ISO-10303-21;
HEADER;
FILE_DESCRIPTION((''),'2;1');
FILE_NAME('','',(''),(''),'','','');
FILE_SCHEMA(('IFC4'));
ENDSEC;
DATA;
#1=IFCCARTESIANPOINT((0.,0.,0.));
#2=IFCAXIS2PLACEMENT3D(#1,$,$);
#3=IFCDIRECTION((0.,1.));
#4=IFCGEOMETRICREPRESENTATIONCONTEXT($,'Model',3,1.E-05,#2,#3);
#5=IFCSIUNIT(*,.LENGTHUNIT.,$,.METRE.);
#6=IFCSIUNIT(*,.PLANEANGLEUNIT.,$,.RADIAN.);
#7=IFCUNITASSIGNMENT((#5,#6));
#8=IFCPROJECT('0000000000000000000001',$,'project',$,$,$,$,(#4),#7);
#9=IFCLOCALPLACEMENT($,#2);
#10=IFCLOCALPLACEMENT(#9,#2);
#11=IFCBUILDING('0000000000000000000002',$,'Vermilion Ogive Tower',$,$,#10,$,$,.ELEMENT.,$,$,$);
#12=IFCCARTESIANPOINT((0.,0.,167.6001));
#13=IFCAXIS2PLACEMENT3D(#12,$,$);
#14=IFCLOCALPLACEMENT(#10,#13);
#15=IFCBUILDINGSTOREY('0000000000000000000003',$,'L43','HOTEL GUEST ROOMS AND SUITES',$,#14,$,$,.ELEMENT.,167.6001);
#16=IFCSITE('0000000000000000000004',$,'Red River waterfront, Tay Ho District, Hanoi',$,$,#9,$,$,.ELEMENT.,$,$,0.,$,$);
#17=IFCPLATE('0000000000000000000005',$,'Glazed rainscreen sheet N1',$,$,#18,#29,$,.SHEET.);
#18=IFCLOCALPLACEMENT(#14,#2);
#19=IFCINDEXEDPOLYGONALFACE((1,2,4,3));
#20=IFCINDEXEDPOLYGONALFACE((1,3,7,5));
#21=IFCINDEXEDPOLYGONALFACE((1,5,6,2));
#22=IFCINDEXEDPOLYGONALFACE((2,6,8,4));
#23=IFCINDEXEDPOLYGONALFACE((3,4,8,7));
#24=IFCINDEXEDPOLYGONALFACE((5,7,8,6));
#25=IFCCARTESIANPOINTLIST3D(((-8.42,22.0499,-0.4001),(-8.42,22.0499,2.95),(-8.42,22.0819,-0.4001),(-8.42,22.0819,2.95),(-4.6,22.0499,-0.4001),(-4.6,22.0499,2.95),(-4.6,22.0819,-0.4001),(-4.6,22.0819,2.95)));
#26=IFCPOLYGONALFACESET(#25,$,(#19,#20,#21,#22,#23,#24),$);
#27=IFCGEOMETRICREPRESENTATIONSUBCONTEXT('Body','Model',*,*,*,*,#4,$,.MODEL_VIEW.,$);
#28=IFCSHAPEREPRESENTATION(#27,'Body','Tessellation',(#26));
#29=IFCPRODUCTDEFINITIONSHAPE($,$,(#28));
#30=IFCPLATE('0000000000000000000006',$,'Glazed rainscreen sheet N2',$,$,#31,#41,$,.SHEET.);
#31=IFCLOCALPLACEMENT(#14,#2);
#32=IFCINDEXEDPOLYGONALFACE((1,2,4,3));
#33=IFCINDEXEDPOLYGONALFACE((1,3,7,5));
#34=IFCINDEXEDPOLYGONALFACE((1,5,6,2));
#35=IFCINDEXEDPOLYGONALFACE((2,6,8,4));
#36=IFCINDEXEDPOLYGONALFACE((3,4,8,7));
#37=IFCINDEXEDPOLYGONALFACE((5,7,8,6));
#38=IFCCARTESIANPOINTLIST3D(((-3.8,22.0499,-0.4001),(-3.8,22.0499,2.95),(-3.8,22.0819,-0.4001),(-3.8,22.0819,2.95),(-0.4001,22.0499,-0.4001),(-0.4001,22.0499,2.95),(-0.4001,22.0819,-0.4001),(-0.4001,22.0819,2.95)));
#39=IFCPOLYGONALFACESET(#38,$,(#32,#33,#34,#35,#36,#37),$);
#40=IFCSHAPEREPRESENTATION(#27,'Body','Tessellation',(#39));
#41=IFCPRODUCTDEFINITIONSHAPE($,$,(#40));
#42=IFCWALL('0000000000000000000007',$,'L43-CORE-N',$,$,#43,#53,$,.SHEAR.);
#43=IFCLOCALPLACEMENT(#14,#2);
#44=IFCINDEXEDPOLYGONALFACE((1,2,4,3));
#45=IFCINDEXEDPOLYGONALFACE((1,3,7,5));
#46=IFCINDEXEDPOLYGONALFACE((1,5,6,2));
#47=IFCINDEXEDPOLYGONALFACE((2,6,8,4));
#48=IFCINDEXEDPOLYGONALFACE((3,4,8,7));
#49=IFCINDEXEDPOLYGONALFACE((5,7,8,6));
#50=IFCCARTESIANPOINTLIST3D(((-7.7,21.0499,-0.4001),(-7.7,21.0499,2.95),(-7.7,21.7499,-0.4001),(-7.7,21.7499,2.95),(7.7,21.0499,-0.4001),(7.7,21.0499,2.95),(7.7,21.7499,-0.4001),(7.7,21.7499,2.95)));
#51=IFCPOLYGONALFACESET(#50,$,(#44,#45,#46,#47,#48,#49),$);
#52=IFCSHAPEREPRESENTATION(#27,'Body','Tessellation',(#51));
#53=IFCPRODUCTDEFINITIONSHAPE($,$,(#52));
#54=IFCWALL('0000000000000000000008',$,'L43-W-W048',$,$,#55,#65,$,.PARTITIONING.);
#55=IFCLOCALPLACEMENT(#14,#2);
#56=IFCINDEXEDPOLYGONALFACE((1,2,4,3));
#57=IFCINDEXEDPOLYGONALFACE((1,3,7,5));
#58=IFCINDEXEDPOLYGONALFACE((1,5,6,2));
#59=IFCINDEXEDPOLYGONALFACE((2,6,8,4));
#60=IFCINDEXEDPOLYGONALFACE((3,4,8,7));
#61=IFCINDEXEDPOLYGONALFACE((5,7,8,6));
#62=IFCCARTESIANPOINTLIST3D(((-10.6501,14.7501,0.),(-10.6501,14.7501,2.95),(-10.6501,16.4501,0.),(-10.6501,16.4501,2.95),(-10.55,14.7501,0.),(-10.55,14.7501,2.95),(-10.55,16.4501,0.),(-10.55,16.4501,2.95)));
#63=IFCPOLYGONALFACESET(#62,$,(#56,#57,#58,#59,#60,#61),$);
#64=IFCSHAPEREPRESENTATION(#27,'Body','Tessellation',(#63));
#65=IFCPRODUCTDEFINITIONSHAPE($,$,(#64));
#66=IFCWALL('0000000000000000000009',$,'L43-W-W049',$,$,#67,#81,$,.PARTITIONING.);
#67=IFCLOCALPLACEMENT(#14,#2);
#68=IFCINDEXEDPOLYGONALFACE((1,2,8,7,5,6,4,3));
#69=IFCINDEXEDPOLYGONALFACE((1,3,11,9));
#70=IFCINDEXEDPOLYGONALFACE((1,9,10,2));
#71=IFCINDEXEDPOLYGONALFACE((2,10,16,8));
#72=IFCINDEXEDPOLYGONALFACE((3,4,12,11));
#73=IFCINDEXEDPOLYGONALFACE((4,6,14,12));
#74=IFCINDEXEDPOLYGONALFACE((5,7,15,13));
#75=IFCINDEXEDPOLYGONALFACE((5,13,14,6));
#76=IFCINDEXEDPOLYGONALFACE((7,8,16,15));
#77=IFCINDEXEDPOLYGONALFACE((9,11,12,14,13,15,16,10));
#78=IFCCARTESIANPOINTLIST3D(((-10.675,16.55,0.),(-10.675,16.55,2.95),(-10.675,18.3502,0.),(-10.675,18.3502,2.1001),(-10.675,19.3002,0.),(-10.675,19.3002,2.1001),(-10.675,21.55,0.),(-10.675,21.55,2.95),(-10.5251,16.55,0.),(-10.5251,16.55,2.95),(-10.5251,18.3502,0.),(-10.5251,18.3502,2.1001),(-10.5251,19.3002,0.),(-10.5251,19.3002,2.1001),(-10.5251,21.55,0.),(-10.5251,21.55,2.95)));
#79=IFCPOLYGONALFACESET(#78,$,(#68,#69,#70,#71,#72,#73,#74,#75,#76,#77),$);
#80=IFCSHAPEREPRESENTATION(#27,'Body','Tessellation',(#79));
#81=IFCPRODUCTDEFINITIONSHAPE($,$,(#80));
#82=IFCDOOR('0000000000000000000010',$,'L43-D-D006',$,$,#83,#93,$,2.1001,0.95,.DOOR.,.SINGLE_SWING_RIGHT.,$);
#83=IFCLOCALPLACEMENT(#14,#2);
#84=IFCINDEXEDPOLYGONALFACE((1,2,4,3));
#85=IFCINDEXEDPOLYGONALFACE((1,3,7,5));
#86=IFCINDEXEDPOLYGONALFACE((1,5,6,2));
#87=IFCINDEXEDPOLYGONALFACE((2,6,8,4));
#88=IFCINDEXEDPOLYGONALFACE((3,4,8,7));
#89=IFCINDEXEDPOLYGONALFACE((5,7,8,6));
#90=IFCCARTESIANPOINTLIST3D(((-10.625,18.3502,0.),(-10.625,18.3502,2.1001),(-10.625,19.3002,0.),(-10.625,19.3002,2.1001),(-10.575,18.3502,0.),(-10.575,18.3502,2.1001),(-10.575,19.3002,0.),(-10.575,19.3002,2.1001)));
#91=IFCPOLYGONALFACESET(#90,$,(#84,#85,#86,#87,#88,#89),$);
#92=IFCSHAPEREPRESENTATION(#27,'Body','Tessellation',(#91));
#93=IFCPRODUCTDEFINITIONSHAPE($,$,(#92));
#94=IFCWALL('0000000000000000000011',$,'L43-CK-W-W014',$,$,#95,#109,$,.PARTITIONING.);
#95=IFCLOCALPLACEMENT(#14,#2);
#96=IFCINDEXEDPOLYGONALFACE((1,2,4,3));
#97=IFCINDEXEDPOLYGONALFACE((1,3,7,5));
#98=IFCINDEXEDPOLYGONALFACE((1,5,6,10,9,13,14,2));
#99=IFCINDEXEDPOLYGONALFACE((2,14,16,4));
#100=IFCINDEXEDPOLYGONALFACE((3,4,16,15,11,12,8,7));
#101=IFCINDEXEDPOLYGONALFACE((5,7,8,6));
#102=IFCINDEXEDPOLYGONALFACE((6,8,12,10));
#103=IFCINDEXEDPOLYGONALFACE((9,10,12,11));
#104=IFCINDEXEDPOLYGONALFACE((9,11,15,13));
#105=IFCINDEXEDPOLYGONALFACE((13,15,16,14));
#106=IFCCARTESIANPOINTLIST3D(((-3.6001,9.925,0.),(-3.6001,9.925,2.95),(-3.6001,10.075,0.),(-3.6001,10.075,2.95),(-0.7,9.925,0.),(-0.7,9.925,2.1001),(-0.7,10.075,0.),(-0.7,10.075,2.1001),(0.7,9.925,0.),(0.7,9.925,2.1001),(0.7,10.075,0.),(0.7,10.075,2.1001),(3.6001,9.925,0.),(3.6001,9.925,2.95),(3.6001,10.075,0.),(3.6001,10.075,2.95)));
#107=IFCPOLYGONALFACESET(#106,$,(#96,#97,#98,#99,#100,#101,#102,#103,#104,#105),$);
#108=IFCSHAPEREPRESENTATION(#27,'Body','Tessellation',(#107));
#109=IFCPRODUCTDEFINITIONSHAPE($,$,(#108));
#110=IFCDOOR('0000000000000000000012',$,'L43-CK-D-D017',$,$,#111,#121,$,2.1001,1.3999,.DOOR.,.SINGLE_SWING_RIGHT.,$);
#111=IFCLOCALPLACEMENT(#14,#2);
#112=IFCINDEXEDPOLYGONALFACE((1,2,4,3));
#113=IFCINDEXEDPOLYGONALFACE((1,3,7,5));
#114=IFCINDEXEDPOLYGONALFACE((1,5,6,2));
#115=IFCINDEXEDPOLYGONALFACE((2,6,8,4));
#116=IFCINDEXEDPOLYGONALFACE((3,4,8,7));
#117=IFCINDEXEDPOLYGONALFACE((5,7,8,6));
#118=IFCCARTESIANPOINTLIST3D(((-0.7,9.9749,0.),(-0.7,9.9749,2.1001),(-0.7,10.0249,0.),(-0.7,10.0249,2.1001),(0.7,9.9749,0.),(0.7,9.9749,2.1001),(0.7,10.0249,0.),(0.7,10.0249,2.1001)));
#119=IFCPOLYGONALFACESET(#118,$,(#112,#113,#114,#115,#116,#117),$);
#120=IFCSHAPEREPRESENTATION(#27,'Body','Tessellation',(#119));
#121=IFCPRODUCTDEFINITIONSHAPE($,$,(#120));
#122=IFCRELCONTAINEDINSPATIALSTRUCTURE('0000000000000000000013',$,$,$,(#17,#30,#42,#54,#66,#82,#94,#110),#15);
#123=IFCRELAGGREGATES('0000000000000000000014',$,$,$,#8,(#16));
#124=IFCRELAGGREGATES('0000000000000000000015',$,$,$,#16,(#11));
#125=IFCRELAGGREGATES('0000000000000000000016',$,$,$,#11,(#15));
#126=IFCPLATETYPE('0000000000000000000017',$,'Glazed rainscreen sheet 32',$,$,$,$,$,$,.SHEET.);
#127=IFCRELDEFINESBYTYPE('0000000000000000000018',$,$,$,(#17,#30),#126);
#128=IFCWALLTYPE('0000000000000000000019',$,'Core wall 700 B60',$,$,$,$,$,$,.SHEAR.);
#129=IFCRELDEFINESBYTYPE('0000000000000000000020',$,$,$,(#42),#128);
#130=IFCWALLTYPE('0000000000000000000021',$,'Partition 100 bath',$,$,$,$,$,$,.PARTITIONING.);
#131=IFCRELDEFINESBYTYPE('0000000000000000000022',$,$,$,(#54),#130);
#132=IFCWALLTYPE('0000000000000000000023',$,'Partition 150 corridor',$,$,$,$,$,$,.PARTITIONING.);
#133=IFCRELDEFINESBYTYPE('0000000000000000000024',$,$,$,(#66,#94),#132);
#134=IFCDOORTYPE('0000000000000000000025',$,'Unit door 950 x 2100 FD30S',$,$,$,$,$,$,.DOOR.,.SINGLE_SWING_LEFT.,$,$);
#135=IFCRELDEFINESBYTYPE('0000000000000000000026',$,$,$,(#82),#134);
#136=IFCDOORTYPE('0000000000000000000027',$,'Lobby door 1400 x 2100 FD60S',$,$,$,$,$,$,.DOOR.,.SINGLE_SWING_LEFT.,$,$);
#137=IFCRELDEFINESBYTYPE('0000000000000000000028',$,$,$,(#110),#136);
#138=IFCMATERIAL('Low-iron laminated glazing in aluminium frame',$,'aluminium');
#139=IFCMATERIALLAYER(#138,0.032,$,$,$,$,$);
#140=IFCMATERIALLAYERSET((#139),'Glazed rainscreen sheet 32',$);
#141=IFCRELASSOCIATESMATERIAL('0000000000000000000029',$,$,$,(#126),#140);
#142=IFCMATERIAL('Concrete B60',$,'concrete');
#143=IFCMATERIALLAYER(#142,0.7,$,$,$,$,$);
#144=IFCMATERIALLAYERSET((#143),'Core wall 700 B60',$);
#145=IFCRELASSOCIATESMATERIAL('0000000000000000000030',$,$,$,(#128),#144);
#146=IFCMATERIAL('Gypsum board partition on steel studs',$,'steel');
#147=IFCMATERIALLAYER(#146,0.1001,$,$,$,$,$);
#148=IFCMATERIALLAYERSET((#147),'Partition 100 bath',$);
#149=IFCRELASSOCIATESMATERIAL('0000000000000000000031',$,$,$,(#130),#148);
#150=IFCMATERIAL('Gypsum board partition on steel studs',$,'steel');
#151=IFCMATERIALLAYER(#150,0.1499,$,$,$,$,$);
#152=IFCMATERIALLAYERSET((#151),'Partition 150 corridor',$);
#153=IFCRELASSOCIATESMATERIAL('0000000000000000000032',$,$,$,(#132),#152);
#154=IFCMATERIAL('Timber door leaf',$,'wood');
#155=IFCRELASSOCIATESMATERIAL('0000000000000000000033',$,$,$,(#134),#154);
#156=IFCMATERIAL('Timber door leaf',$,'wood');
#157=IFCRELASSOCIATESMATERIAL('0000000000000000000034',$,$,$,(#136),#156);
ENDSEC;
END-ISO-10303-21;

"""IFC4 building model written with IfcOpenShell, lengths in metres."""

from ifc_helpers import new_model, si_unit, direction, frame, frame_2d, origin, origin_2d, place, context, subcontext, project, spatial, rectangle, extrude, material, layer, layer_set, type_object, element, fill, save


model = new_model("IFC4")

# Units and contexts
model_context = context("Model", 3, precision=1e-05, world=origin(), true_north=direction((0.0, 1.0)))
body_context = subcontext(model_context, "Body", "Model", "MODEL_VIEW")
ifc_project = project(units=[si_unit("LENGTHUNIT", "METRE"), si_unit("PLANEANGLEUNIT", "RADIAN")], contexts=[model_context])

# Site, building, storey
site_placement = place(None, origin())
site = spatial("IfcSite", under=ifc_project, at=site_placement, Name="Red River waterfront, Tay Ho District, Hanoi", CompositionType="ELEMENT", RefElevation=0.0)
building_placement = place(site_placement, origin())
building = spatial("IfcBuilding", under=site, at=building_placement, Name="Vermilion Ogive Tower", CompositionType="ELEMENT")
storey_placement = place(building_placement, frame((0.0, 0.0, 167.6001)))
storey = spatial("IfcBuildingStorey", under=building, at=storey_placement, Name="L43", Description="HOTEL GUEST ROOMS AND SUITES", CompositionType="ELEMENT", Elevation=167.6001)

# Plates
ifc_material_1 = material(Name="Low-iron laminated glazing in aluminium frame", Category="aluminium")
ifc_layer_1 = layer(ifc_material_1, 0.032)
ifc_layer_set_1 = layer_set([ifc_layer_1], Name="Glazed rainscreen sheet 32")
plate_type = type_object("IfcPlateType", Name="Glazed rainscreen sheet 32", PredefinedType="SHEET", material=ifc_layer_set_1)
plate_1_placement = place(storey_placement, frame((-6.51, 22.0659, -0.4001), z_axis=(0.0, 0.0, 1.0), x_axis=(1.0, 0.0, 0.0)))
element("IfcPlate", 1, at=plate_1_placement, inside=storey, type_object=plate_type, Name="Glazed rainscreen sheet N1", PredefinedType="SHEET", context=body_context, shape_type="SweptSolid", body=[
    extrude(rectangle(XDim=3.8201, YDim=0.032, at=origin_2d()), origin(), (0.0, 0.0, 1.0), 3.3501),
])
plate_2_placement = place(storey_placement, frame((-2.1001, 22.0659, -0.4001), z_axis=(0.0, 0.0, 1.0), x_axis=(1.0, 0.0, 0.0)))
element("IfcPlate", 2, at=plate_2_placement, inside=storey, type_object=plate_type, Name="Glazed rainscreen sheet N2", PredefinedType="SHEET", context=body_context, shape_type="SweptSolid", body=[
    extrude(rectangle(XDim=3.3999, YDim=0.032, at=origin_2d()), origin(), (0.0, 0.0, 1.0), 3.3501),
])

# Walls
ifc_material_2 = material(Name="Concrete B60", Category="concrete")
ifc_layer_2 = layer(ifc_material_2, 0.7)
ifc_layer_set_2 = layer_set([ifc_layer_2], Name="Core wall 700 B60")
wall_type_1 = type_object("IfcWallType", Name="Core wall 700 B60", PredefinedType="SHEAR", material=ifc_layer_set_2)
wall_1_placement = place(storey_placement, frame((-7.7, 21.3999, -0.4001), z_axis=(0.0, 0.0, 1.0), x_axis=(1.0, 0.0, 0.0)))
element("IfcWall", 3, at=wall_1_placement, inside=storey, type_object=wall_type_1, Name="L43-CORE-N", PredefinedType="SHEAR", context=body_context, shape_type="SweptSolid", body=[
    extrude(rectangle(XDim=15.3999, YDim=0.7, at=frame_2d((7.7, 0.0))), origin(), (0.0, 0.0, 1.0), 3.3501),
])
ifc_material_3 = material(Name="Gypsum board partition on steel studs", Category="steel")
ifc_layer_3 = layer(ifc_material_3, 0.1001)
ifc_layer_set_3 = layer_set([ifc_layer_3], Name="Partition 100 bath")
wall_type_2 = type_object("IfcWallType", Name="Partition 100 bath", PredefinedType="PARTITIONING", material=ifc_layer_set_3)
wall_2_placement = place(storey_placement, frame((-10.6001, 14.75, 0.0), z_axis=(0.0, 0.0, 1.0), x_axis=(0.0, 1.0, 0.0)))
element("IfcWall", 4, at=wall_2_placement, inside=storey, type_object=wall_type_2, Name="L43-W-W048", PredefinedType="PARTITIONING", context=body_context, shape_type="SweptSolid", body=[
    extrude(rectangle(XDim=1.7, YDim=0.1001, at=frame_2d((0.8501, 0.0))), origin(), (0.0, 0.0, 1.0), 2.95),
])

# Walls, openings, doors
ifc_material_4 = material(Name="Gypsum board partition on steel studs", Category="steel")
ifc_layer_4 = layer(ifc_material_4, 0.1499)
ifc_layer_set_4 = layer_set([ifc_layer_4], Name="Partition 150 corridor")
wall_type_3 = type_object("IfcWallType", Name="Partition 150 corridor", PredefinedType="PARTITIONING", material=ifc_layer_set_4)
wall_3_placement = place(storey_placement, frame((-10.6001, 16.55, 0.0), z_axis=(0.0, 0.0, 1.0), x_axis=(0.0, 1.0, 0.0)))
wall_3 = element("IfcWall", 5, at=wall_3_placement, inside=storey, type_object=wall_type_3, Name="L43-W-W049", PredefinedType="PARTITIONING", context=body_context, shape_type="SweptSolid", body=[
    extrude(rectangle(XDim=5.0, YDim=0.1499, at=frame_2d((2.5, 0.0))), origin(), (0.0, 0.0, 1.0), 2.95),
])
opening_1_placement = place(wall_3_placement, frame((1.8, 0.0, 0.0)))
opening_1 = element("IfcOpeningElement", 6, at=opening_1_placement, cuts=wall_3, PredefinedType="OPENING", context=body_context, shape_type="SweptSolid", body=[
    extrude(rectangle(XDim=0.95, YDim=2.1001, at=frame_2d((0.4751, 1.05))), frame((0.0, 0.085, 0.0), z_axis=(0.0, -1.0, 0.0), x_axis=(1.0, 0.0, 0.0)), (0.0, 0.0, 1.0), 0.1699),
])
ifc_material_5 = material(Name="Timber door leaf", Category="wood")
door_type_1 = type_object("IfcDoorType", Name="Unit door 950 x 2100 FD30S", OperationType="SINGLE_SWING_LEFT", PredefinedType="DOOR", material=ifc_material_5)
door_1_placement = place(opening_1_placement, origin())
door_1 = element("IfcDoor", 7, at=door_1_placement, inside=storey, type_object=door_type_1, Name="L43-D-D006", OperationType="SINGLE_SWING_RIGHT", OverallHeight=2.1001, OverallWidth=0.95, PredefinedType="DOOR", context=body_context, shape_type="SweptSolid", body=[
    extrude(rectangle(XDim=0.95, YDim=2.1001, at=frame_2d((0.4751, 1.05))), frame((0.0, 0.0249, 0.0), z_axis=(0.0, -1.0, 0.0), x_axis=(1.0, 0.0, 0.0)), (0.0, 0.0, 1.0), 0.05),
])
fill(opening_1, door_1)
wall_4_placement = place(storey_placement, frame((-3.6001, 10.0, 0.0), z_axis=(0.0, 0.0, 1.0), x_axis=(1.0, 0.0, 0.0)))
wall_4 = element("IfcWall", 8, at=wall_4_placement, inside=storey, type_object=wall_type_3, Name="L43-CK-W-W014", PredefinedType="PARTITIONING", context=body_context, shape_type="SweptSolid", body=[
    extrude(rectangle(XDim=7.2002, YDim=0.1499, at=frame_2d((3.6001, 0.0))), origin(), (0.0, 0.0, 1.0), 2.95),
])
opening_2_placement = place(wall_4_placement, frame((2.9001, 0.0, 0.0)))
opening_2 = element("IfcOpeningElement", 9, at=opening_2_placement, cuts=wall_4, PredefinedType="OPENING", context=body_context, shape_type="SweptSolid", body=[
    extrude(rectangle(XDim=1.3999, YDim=2.1001, at=frame_2d((0.7, 1.05))), frame((0.0, 0.085, 0.0), z_axis=(0.0, -1.0, 0.0), x_axis=(1.0, 0.0, 0.0)), (0.0, 0.0, 1.0), 0.1699),
])
ifc_material_6 = material(Name="Timber door leaf", Category="wood")
door_type_2 = type_object("IfcDoorType", Name="Lobby door 1400 x 2100 FD60S", OperationType="SINGLE_SWING_LEFT", PredefinedType="DOOR", material=ifc_material_6)
door_2_placement = place(opening_2_placement, origin())
door_2 = element("IfcDoor", 10, at=door_2_placement, inside=storey, type_object=door_type_2, Name="L43-CK-D-D017", OperationType="SINGLE_SWING_RIGHT", OverallHeight=2.1001, OverallWidth=1.3999, PredefinedType="DOOR", context=body_context, shape_type="SweptSolid", body=[
    extrude(rectangle(XDim=1.3999, YDim=2.1001, at=frame_2d((0.7, 1.05))), frame((0.0, 0.0249, 0.0), z_axis=(0.0, -1.0, 0.0), x_axis=(1.0, 0.0, 0.0)), (0.0, 0.0, 1.0), 0.05),
])
fill(opening_2, door_2)

save(model, "model.ifc")
